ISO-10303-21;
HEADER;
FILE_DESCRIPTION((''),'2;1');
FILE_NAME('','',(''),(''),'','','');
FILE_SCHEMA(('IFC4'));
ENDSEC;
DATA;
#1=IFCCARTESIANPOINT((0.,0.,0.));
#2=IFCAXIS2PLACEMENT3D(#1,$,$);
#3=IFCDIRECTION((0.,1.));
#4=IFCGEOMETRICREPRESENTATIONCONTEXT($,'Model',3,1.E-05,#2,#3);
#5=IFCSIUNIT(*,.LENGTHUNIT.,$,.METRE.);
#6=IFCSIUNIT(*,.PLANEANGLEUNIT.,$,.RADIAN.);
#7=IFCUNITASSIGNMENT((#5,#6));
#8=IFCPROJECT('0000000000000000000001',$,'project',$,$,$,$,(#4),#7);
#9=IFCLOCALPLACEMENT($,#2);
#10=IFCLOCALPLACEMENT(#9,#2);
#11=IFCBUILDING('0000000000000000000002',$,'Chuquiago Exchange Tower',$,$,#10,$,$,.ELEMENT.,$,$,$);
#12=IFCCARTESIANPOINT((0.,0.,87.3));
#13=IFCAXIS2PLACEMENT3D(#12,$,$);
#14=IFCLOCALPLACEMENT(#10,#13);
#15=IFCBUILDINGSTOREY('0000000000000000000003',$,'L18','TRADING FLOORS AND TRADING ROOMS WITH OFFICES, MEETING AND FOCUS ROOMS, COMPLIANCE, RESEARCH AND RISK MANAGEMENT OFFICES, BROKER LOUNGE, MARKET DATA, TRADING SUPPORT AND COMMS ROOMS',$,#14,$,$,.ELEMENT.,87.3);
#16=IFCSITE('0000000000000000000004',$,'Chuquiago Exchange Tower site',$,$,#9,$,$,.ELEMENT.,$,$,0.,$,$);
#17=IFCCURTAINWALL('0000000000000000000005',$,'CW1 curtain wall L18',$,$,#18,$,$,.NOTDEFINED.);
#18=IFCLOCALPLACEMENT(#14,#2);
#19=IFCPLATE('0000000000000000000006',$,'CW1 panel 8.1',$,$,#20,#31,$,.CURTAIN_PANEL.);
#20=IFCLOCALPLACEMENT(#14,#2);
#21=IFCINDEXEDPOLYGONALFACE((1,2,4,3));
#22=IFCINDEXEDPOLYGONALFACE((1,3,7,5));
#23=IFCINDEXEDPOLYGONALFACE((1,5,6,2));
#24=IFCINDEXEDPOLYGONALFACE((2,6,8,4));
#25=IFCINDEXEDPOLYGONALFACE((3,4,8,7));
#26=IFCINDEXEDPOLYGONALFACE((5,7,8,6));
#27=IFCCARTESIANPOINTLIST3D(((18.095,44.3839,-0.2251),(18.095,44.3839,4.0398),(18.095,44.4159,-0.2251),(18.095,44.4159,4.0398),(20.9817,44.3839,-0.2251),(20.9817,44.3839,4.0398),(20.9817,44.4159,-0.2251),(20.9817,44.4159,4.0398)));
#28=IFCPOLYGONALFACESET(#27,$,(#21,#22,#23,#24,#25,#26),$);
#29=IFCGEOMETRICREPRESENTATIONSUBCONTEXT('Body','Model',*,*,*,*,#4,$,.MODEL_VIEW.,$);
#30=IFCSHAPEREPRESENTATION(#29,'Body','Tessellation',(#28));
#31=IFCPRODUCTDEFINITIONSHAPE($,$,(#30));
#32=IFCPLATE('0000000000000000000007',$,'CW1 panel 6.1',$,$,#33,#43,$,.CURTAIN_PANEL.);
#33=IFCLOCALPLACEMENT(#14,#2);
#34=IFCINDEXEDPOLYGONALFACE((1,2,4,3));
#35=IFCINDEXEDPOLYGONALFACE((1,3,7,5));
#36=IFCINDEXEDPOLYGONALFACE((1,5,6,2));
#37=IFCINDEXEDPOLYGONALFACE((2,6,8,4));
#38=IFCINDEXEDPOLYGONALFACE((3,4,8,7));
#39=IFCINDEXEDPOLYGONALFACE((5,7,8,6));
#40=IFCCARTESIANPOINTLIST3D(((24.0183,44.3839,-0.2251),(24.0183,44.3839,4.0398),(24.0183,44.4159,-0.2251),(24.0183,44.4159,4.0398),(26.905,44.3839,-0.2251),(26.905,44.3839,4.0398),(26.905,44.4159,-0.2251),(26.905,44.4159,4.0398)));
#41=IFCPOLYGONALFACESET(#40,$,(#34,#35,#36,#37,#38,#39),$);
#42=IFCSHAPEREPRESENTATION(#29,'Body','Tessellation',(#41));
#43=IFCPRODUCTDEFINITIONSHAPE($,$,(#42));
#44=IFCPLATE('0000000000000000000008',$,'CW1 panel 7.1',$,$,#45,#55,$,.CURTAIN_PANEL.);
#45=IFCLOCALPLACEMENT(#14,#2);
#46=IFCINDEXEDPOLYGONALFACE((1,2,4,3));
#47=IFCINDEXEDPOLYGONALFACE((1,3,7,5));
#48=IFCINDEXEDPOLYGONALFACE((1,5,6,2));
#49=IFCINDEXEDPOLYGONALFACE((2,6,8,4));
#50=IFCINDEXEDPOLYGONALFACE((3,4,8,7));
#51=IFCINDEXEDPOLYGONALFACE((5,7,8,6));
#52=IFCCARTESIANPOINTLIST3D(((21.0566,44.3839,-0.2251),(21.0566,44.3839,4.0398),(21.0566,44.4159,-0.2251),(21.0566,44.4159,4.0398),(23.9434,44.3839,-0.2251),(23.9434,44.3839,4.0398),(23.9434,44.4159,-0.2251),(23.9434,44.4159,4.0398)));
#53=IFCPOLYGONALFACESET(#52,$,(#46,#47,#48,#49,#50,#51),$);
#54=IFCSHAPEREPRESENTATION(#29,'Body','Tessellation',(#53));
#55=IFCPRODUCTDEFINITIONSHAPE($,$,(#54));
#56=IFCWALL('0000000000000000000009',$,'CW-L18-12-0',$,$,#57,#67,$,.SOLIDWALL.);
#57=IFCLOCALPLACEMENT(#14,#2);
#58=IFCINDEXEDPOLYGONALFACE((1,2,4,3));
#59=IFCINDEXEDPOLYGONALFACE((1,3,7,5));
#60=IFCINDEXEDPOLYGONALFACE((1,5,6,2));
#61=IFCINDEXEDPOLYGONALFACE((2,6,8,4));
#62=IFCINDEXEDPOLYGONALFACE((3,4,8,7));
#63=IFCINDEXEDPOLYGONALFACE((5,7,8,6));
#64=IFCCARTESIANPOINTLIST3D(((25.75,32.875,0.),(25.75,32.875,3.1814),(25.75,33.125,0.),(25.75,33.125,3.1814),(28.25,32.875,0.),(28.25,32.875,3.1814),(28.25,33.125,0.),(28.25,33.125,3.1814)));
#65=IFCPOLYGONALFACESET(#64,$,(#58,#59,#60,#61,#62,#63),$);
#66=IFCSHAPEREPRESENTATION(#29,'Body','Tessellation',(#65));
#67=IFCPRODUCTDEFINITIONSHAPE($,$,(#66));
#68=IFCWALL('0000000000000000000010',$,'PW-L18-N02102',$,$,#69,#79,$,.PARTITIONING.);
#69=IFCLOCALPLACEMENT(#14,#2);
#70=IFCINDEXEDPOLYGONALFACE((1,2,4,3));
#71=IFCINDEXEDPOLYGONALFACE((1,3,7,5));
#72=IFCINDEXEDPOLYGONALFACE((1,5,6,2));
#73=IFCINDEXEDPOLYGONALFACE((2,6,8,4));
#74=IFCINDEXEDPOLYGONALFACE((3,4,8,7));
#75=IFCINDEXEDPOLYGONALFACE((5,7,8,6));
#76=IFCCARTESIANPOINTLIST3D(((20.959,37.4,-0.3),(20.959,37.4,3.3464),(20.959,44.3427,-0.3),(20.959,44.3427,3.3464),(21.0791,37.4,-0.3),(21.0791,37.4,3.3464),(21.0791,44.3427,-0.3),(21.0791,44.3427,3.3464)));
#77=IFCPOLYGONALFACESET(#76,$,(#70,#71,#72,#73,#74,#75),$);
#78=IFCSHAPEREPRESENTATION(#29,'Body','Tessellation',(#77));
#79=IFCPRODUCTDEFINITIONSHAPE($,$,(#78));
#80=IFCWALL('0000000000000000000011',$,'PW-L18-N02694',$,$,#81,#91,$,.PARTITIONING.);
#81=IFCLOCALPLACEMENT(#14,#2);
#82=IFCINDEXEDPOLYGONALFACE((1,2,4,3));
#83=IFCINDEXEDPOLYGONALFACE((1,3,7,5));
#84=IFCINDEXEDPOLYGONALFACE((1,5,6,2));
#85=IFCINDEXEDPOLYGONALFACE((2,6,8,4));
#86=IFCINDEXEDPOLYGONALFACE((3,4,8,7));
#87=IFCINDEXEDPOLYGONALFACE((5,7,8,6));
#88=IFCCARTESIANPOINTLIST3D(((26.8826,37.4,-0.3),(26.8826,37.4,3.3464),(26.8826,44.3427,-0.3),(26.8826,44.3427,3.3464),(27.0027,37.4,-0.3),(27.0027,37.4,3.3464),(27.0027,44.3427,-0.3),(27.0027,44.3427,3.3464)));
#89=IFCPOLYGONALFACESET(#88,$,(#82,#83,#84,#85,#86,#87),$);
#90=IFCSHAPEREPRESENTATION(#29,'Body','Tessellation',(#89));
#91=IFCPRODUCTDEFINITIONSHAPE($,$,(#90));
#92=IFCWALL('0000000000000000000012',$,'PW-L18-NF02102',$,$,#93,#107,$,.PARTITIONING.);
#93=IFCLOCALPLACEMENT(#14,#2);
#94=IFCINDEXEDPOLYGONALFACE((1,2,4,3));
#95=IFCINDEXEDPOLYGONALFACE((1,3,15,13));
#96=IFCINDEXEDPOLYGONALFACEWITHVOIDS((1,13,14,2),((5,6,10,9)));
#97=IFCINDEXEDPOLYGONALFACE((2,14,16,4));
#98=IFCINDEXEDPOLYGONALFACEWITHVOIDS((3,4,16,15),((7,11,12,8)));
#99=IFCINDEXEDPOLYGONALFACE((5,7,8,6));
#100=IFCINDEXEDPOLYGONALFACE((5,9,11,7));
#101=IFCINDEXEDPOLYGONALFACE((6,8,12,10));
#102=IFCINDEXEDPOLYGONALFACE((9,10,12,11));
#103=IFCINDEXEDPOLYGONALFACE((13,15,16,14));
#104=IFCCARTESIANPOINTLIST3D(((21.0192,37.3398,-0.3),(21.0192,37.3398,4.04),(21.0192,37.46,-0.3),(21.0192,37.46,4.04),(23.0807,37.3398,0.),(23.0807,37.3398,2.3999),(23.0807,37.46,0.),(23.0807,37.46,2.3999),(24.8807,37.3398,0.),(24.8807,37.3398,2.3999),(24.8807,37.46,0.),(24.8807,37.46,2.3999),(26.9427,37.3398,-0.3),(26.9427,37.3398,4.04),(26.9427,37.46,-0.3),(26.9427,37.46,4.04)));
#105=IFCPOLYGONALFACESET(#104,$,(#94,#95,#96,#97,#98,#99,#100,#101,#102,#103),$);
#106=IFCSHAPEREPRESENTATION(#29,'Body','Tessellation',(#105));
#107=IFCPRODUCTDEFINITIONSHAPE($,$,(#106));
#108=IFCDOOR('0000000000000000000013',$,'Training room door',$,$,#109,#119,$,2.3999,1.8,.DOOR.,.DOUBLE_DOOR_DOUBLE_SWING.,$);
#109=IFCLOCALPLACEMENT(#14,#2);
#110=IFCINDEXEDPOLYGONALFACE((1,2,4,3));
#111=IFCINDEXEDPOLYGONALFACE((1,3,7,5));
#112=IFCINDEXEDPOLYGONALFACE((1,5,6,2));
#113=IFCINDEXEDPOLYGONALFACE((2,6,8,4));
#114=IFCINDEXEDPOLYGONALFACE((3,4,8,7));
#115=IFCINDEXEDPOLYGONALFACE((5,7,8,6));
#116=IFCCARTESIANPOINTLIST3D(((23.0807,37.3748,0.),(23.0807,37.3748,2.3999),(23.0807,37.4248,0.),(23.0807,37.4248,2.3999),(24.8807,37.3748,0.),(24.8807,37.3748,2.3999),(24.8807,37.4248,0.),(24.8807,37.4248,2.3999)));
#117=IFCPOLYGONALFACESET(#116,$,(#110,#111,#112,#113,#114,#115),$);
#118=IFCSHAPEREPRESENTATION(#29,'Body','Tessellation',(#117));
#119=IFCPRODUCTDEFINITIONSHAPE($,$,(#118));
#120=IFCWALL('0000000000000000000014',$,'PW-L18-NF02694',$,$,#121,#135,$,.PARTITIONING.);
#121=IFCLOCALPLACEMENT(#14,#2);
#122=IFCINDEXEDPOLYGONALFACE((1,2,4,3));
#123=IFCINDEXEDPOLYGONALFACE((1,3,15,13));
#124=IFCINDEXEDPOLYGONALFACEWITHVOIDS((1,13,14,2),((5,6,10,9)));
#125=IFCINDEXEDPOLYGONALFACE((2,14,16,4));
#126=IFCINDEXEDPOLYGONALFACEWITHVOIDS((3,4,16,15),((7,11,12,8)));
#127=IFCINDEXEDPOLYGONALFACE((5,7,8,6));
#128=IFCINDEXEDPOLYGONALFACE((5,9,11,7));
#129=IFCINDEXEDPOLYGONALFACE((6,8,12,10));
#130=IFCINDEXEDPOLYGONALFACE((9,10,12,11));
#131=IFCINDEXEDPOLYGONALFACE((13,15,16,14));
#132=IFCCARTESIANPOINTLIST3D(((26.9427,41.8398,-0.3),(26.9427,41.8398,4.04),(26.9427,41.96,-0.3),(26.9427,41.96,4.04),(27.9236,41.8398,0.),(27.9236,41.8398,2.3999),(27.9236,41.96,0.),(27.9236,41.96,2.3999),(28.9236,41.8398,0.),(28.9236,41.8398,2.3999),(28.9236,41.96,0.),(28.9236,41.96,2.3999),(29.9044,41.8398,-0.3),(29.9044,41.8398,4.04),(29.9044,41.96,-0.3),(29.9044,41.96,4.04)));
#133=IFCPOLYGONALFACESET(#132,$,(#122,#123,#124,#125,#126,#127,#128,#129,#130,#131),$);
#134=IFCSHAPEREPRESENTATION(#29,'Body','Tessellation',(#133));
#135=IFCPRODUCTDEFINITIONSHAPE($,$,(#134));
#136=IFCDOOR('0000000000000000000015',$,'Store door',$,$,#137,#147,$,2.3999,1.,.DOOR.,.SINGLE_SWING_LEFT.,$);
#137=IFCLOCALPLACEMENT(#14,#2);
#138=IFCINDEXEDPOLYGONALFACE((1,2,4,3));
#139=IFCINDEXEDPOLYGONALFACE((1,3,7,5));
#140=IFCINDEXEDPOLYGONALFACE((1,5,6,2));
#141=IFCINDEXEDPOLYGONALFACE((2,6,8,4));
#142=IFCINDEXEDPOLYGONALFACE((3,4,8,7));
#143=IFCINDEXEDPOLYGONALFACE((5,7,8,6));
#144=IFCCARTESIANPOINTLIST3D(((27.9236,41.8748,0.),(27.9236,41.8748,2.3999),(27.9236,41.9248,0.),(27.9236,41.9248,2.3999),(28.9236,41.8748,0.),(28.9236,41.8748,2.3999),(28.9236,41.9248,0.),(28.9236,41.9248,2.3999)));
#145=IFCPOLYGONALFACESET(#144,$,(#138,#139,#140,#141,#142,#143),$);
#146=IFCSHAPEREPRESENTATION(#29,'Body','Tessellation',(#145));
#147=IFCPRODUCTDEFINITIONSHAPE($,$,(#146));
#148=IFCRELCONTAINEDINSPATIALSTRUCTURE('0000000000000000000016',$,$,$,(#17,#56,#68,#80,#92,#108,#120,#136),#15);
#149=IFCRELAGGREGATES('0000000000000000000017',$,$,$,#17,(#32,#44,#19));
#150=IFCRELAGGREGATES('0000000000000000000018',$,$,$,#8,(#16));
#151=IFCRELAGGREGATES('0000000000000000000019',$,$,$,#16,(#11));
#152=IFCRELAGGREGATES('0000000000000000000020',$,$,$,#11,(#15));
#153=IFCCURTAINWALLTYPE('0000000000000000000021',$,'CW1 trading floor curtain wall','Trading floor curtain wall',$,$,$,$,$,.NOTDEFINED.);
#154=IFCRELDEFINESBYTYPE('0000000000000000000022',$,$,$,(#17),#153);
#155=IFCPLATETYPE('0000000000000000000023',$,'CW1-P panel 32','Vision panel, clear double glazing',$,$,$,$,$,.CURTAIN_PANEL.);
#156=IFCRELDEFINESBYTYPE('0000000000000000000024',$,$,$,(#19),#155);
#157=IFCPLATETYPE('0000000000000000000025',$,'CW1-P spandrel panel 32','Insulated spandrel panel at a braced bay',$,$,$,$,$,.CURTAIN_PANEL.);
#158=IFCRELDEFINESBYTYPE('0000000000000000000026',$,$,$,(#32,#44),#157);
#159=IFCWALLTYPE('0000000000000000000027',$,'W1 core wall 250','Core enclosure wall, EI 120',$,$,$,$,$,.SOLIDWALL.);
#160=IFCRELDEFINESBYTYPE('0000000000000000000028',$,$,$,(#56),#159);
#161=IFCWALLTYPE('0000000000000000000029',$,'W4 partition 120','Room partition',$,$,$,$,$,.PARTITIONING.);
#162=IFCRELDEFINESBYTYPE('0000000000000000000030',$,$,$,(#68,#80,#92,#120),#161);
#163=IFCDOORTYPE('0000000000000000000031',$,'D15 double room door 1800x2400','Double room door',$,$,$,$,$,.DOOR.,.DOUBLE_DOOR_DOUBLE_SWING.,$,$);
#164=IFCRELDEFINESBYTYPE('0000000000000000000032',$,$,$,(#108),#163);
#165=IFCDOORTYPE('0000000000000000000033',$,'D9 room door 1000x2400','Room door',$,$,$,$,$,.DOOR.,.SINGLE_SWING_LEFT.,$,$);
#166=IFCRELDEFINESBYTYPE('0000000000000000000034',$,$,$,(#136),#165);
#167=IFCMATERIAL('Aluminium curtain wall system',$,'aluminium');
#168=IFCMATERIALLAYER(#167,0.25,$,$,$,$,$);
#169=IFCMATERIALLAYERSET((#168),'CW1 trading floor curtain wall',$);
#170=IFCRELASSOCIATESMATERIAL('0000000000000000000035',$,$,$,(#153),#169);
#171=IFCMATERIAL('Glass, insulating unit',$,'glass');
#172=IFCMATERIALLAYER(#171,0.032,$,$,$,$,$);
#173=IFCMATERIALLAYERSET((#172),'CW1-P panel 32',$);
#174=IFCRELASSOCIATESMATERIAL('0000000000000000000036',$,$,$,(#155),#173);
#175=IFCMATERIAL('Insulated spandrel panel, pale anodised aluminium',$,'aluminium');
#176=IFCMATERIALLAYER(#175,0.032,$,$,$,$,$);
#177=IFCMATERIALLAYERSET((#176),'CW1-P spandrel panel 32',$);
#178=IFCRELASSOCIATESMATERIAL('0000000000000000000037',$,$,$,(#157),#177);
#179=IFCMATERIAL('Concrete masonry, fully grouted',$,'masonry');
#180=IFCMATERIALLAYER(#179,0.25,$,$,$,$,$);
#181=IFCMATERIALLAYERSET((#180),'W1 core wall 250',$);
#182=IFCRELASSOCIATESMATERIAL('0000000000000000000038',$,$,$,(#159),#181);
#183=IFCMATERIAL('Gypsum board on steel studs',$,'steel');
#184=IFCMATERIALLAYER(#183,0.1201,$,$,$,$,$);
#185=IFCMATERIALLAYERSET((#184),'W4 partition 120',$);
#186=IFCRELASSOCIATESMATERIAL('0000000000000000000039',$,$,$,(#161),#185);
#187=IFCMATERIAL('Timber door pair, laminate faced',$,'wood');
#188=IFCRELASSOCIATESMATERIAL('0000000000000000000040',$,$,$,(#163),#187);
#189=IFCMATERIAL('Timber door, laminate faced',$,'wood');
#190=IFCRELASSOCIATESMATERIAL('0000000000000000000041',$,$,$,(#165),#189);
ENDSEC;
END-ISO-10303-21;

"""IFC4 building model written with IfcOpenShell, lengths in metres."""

from ifc_helpers import new_model, si_unit, direction, frame, frame_2d, origin, origin_2d, place, context, subcontext, project, spatial, rectangle, extrude, material, layer, layer_set, type_object, element, fill, aggregate, save


model = new_model("IFC4")

# Units and contexts
model_context = context("Model", 3, precision=1e-05, world=origin(), true_north=direction((0.0, 1.0)))
body_context = subcontext(model_context, "Body", "Model", "MODEL_VIEW")
ifc_project = project(units=[si_unit("LENGTHUNIT", "METRE"), si_unit("PLANEANGLEUNIT", "RADIAN")], contexts=[model_context])

# Site, building, storey
site_placement = place(None, origin())
site = spatial("IfcSite", under=ifc_project, at=site_placement, Name="Chuquiago Exchange Tower site", CompositionType="ELEMENT", RefElevation=0.0)
building_placement = place(site_placement, origin())
building = spatial("IfcBuilding", under=site, at=building_placement, Name="Chuquiago Exchange Tower", CompositionType="ELEMENT")
storey_placement = place(building_placement, frame((0.0, 0.0, 87.3)))
storey = spatial("IfcBuildingStorey", under=building, at=storey_placement, Name="L18", Description="TRADING FLOORS AND TRADING ROOMS WITH OFFICES, MEETING AND FOCUS ROOMS, COMPLIANCE, RESEARCH AND RISK MANAGEMENT OFFICES, BROKER LOUNGE, MARKET DATA, TRADING SUPPORT AND COMMS ROOMS", CompositionType="ELEMENT", Elevation=87.3)

# Curtain wall
ifc_material_1 = material(Name="Aluminium curtain wall system", Category="aluminium")
ifc_layer_1 = layer(ifc_material_1, 0.25)
ifc_layer_set_1 = layer_set([ifc_layer_1], Name="CW1 trading floor curtain wall")
curtain_wall_type = type_object("IfcCurtainWallType", Name="CW1 trading floor curtain wall", Description="Trading floor curtain wall", PredefinedType="NOTDEFINED", material=ifc_layer_set_1)
curtain_wall_placement = place(storey_placement, origin())
curtain_wall = element("IfcCurtainWall", 1, at=curtain_wall_placement, inside=storey, type_object=curtain_wall_type, Name="CW1 curtain wall L18", PredefinedType="NOTDEFINED")

# Plates
ifc_material_2 = material(Name="Glass, insulating unit", Category="glass")
ifc_layer_2 = layer(ifc_material_2, 0.032)
ifc_layer_set_2 = layer_set([ifc_layer_2], Name="CW1-P panel 32")
plate_type_1 = type_object("IfcPlateType", Name="CW1-P panel 32", Description="Vision panel, clear double glazing", PredefinedType="CURTAIN_PANEL", material=ifc_layer_set_2)
plate_1_placement = place(storey_placement, frame((19.5383, 44.3999, -0.2251), z_axis=(0.0, 0.0, 1.0), x_axis=(-1.0, 0.0, 0.0)))
plate_1 = element("IfcPlate", 2, at=plate_1_placement, type_object=plate_type_1, Name="CW1 panel 8.1", PredefinedType="CURTAIN_PANEL", context=body_context, shape_type="SweptSolid", body=[
    extrude(rectangle(XDim=2.8867, YDim=0.032, at=origin_2d()), origin(), (0.0, 0.0, 1.0), 4.2649),
])
ifc_material_3 = material(Name="Insulated spandrel panel, pale anodised aluminium", Category="aluminium")
ifc_layer_3 = layer(ifc_material_3, 0.032)
ifc_layer_set_3 = layer_set([ifc_layer_3], Name="CW1-P spandrel panel 32")
plate_type_2 = type_object("IfcPlateType", Name="CW1-P spandrel panel 32", Description="Insulated spandrel panel at a braced bay", PredefinedType="CURTAIN_PANEL", material=ifc_layer_set_3)
plate_2_placement = place(storey_placement, frame((25.4617, 44.3999, -0.2251), z_axis=(0.0, 0.0, 1.0), x_axis=(-1.0, 0.0, 0.0)))
plate_2 = element("IfcPlate", 3, at=plate_2_placement, type_object=plate_type_2, Name="CW1 panel 6.1", PredefinedType="CURTAIN_PANEL", context=body_context, shape_type="SweptSolid", body=[
    extrude(rectangle(XDim=2.8867, YDim=0.032, at=origin_2d()), origin(), (0.0, 0.0, 1.0), 4.2649),
])
plate_3_placement = place(storey_placement, frame((22.5, 44.3999, -0.2251), z_axis=(0.0, 0.0, 1.0), x_axis=(-1.0, 0.0, 0.0)))
plate_3 = element("IfcPlate", 4, at=plate_3_placement, type_object=plate_type_2, Name="CW1 panel 7.1", PredefinedType="CURTAIN_PANEL", context=body_context, shape_type="SweptSolid", body=[
    extrude(rectangle(XDim=2.8867, YDim=0.032, at=origin_2d()), origin(), (0.0, 0.0, 1.0), 4.2649),
])
aggregate(curtain_wall, [plate_2, plate_3, plate_1])

# Walls
ifc_material_4 = material(Name="Concrete masonry, fully grouted", Category="masonry")
ifc_layer_4 = layer(ifc_material_4, 0.25)
ifc_layer_set_4 = layer_set([ifc_layer_4], Name="W1 core wall 250")
wall_type_1 = type_object("IfcWallType", Name="W1 core wall 250", Description="Core enclosure wall, EI 120", PredefinedType="SOLIDWALL", material=ifc_layer_set_4)
wall_1_placement = place(storey_placement, frame((25.75, 33.0, 0.0), z_axis=(0.0, 0.0, 1.0), x_axis=(1.0, 0.0, 0.0)))
element("IfcWall", 5, at=wall_1_placement, inside=storey, type_object=wall_type_1, Name="CW-L18-12-0", PredefinedType="SOLIDWALL", context=body_context, shape_type="SweptSolid", body=[
    extrude(rectangle(XDim=2.5, YDim=0.25, at=frame_2d((1.25, 0.0))), origin(), (0.0, 0.0, 1.0), 3.1814),
])
ifc_material_5 = material(Name="Gypsum board on steel studs", Category="steel")
ifc_layer_5 = layer(ifc_material_5, 0.1201)
ifc_layer_set_5 = layer_set([ifc_layer_5], Name="W4 partition 120")
wall_type_2 = type_object("IfcWallType", Name="W4 partition 120", Description="Room partition", PredefinedType="PARTITIONING", material=ifc_layer_set_5)
for number, where, z_axis, x_axis, name in (
    (6, (21.019, 44.3425, -0.3), (0.0, 0.0, 1.0), (0.0, -1.0, 0.0), "PW-L18-N02102"),
    (7, (26.9426, 44.3425, -0.3), (0.0, 0.0, 1.0), (0.0, -1.0, 0.0), "PW-L18-N02694"),
):
    element("IfcWall", number, at=place(storey_placement, frame(where, z_axis=z_axis, x_axis=x_axis)), inside=storey, type_object=wall_type_2, Name=name, PredefinedType="PARTITIONING", context=body_context, shape_type="SweptSolid", body=[
        extrude(rectangle(XDim=6.9426, YDim=0.1201, at=frame_2d((3.4712, 0.0))), origin(), (0.0, 0.0, 1.0), 3.6465),
    ])

# Walls, openings, doors
wall_2_placement = place(storey_placement, frame((21.019, 37.3999, -0.3), z_axis=(0.0, 0.0, 1.0), x_axis=(1.0, 0.0, 0.0)))
wall_2 = element("IfcWall", 8, at=wall_2_placement, inside=storey, type_object=wall_type_2, Name="PW-L18-NF02102", PredefinedType="PARTITIONING", context=body_context, shape_type="SweptSolid", body=[
    extrude(rectangle(XDim=5.9236, YDim=0.1201, at=frame_2d((2.9619, 0.0))), origin(), (0.0, 0.0, 1.0), 4.3401),
])
opening_1_placement = place(wall_2_placement, frame((2.0618, 0.0, 0.3)))
opening_1 = element("IfcOpeningElement", 9, at=opening_1_placement, cuts=wall_2, PredefinedType="OPENING", context=body_context, shape_type="SweptSolid", body=[
    extrude(rectangle(XDim=1.8, YDim=2.3999, at=frame_2d((0.8999, 1.2))), frame((0.0, 0.0701, 0.0), z_axis=(0.0, -1.0, 0.0), x_axis=(1.0, 0.0, 0.0)), (0.0, 0.0, 1.0), 0.1401),
])
ifc_material_6 = material(Name="Timber door pair, laminate faced", Category="wood")
door_type_1 = type_object("IfcDoorType", Name="D15 double room door 1800x2400", Description="Double room door", OperationType="DOUBLE_DOOR_DOUBLE_SWING", PredefinedType="DOOR", material=ifc_material_6)
door_1_placement = place(opening_1_placement, origin())
door_1 = element("IfcDoor", 10, at=door_1_placement, inside=storey, type_object=door_type_1, Name="Training room door", OperationType="DOUBLE_DOOR_DOUBLE_SWING", OverallHeight=2.3999, OverallWidth=1.8, PredefinedType="DOOR", context=body_context, shape_type="SweptSolid", body=[
    extrude(rectangle(XDim=1.8, YDim=2.3999, at=frame_2d((0.8999, 1.2))), frame((0.0, 0.0249, 0.0), z_axis=(0.0, -1.0, 0.0), x_axis=(1.0, 0.0, 0.0)), (0.0, 0.0, 1.0), 0.05),
])
fill(opening_1, door_1)
wall_3_placement = place(storey_placement, frame((26.9426, 41.8999, -0.3), z_axis=(0.0, 0.0, 1.0), x_axis=(1.0, 0.0, 0.0)))
wall_3 = element("IfcWall", 11, at=wall_3_placement, inside=storey, type_object=wall_type_2, Name="PW-L18-NF02694", PredefinedType="PARTITIONING", context=body_context, shape_type="SweptSolid", body=[
    extrude(rectangle(XDim=2.9617, YDim=0.1201, at=frame_2d((1.481, 0.0))), origin(), (0.0, 0.0, 1.0), 4.3401),
])
opening_2_placement = place(wall_3_placement, frame((0.981, 0.0, 0.3)))
opening_2 = element("IfcOpeningElement", 12, at=opening_2_placement, cuts=wall_3, PredefinedType="OPENING", context=body_context, shape_type="SweptSolid", body=[
    extrude(rectangle(XDim=1.0, YDim=2.3999, at=frame_2d((0.5, 1.2))), frame((0.0, 0.0701, 0.0), z_axis=(0.0, -1.0, 0.0), x_axis=(1.0, 0.0, 0.0)), (0.0, 0.0, 1.0), 0.1401),
])
ifc_material_7 = material(Name="Timber door, laminate faced", Category="wood")
door_type_2 = type_object("IfcDoorType", Name="D9 room door 1000x2400", Description="Room door", OperationType="SINGLE_SWING_LEFT", PredefinedType="DOOR", material=ifc_material_7)
door_2_placement = place(opening_2_placement, origin())
door_2 = element("IfcDoor", 13, at=door_2_placement, inside=storey, type_object=door_type_2, Name="Store door", OperationType="SINGLE_SWING_LEFT", OverallHeight=2.3999, OverallWidth=1.0, PredefinedType="DOOR", context=body_context, shape_type="SweptSolid", body=[
    extrude(rectangle(XDim=1.0, YDim=2.3999, at=frame_2d((0.5, 1.2))), frame((0.0, 0.0249, 0.0), z_axis=(0.0, -1.0, 0.0), x_axis=(1.0, 0.0, 0.0)), (0.0, 0.0, 1.0), 0.05),
])
fill(opening_2, door_2)

save(model, "model.ifc")
